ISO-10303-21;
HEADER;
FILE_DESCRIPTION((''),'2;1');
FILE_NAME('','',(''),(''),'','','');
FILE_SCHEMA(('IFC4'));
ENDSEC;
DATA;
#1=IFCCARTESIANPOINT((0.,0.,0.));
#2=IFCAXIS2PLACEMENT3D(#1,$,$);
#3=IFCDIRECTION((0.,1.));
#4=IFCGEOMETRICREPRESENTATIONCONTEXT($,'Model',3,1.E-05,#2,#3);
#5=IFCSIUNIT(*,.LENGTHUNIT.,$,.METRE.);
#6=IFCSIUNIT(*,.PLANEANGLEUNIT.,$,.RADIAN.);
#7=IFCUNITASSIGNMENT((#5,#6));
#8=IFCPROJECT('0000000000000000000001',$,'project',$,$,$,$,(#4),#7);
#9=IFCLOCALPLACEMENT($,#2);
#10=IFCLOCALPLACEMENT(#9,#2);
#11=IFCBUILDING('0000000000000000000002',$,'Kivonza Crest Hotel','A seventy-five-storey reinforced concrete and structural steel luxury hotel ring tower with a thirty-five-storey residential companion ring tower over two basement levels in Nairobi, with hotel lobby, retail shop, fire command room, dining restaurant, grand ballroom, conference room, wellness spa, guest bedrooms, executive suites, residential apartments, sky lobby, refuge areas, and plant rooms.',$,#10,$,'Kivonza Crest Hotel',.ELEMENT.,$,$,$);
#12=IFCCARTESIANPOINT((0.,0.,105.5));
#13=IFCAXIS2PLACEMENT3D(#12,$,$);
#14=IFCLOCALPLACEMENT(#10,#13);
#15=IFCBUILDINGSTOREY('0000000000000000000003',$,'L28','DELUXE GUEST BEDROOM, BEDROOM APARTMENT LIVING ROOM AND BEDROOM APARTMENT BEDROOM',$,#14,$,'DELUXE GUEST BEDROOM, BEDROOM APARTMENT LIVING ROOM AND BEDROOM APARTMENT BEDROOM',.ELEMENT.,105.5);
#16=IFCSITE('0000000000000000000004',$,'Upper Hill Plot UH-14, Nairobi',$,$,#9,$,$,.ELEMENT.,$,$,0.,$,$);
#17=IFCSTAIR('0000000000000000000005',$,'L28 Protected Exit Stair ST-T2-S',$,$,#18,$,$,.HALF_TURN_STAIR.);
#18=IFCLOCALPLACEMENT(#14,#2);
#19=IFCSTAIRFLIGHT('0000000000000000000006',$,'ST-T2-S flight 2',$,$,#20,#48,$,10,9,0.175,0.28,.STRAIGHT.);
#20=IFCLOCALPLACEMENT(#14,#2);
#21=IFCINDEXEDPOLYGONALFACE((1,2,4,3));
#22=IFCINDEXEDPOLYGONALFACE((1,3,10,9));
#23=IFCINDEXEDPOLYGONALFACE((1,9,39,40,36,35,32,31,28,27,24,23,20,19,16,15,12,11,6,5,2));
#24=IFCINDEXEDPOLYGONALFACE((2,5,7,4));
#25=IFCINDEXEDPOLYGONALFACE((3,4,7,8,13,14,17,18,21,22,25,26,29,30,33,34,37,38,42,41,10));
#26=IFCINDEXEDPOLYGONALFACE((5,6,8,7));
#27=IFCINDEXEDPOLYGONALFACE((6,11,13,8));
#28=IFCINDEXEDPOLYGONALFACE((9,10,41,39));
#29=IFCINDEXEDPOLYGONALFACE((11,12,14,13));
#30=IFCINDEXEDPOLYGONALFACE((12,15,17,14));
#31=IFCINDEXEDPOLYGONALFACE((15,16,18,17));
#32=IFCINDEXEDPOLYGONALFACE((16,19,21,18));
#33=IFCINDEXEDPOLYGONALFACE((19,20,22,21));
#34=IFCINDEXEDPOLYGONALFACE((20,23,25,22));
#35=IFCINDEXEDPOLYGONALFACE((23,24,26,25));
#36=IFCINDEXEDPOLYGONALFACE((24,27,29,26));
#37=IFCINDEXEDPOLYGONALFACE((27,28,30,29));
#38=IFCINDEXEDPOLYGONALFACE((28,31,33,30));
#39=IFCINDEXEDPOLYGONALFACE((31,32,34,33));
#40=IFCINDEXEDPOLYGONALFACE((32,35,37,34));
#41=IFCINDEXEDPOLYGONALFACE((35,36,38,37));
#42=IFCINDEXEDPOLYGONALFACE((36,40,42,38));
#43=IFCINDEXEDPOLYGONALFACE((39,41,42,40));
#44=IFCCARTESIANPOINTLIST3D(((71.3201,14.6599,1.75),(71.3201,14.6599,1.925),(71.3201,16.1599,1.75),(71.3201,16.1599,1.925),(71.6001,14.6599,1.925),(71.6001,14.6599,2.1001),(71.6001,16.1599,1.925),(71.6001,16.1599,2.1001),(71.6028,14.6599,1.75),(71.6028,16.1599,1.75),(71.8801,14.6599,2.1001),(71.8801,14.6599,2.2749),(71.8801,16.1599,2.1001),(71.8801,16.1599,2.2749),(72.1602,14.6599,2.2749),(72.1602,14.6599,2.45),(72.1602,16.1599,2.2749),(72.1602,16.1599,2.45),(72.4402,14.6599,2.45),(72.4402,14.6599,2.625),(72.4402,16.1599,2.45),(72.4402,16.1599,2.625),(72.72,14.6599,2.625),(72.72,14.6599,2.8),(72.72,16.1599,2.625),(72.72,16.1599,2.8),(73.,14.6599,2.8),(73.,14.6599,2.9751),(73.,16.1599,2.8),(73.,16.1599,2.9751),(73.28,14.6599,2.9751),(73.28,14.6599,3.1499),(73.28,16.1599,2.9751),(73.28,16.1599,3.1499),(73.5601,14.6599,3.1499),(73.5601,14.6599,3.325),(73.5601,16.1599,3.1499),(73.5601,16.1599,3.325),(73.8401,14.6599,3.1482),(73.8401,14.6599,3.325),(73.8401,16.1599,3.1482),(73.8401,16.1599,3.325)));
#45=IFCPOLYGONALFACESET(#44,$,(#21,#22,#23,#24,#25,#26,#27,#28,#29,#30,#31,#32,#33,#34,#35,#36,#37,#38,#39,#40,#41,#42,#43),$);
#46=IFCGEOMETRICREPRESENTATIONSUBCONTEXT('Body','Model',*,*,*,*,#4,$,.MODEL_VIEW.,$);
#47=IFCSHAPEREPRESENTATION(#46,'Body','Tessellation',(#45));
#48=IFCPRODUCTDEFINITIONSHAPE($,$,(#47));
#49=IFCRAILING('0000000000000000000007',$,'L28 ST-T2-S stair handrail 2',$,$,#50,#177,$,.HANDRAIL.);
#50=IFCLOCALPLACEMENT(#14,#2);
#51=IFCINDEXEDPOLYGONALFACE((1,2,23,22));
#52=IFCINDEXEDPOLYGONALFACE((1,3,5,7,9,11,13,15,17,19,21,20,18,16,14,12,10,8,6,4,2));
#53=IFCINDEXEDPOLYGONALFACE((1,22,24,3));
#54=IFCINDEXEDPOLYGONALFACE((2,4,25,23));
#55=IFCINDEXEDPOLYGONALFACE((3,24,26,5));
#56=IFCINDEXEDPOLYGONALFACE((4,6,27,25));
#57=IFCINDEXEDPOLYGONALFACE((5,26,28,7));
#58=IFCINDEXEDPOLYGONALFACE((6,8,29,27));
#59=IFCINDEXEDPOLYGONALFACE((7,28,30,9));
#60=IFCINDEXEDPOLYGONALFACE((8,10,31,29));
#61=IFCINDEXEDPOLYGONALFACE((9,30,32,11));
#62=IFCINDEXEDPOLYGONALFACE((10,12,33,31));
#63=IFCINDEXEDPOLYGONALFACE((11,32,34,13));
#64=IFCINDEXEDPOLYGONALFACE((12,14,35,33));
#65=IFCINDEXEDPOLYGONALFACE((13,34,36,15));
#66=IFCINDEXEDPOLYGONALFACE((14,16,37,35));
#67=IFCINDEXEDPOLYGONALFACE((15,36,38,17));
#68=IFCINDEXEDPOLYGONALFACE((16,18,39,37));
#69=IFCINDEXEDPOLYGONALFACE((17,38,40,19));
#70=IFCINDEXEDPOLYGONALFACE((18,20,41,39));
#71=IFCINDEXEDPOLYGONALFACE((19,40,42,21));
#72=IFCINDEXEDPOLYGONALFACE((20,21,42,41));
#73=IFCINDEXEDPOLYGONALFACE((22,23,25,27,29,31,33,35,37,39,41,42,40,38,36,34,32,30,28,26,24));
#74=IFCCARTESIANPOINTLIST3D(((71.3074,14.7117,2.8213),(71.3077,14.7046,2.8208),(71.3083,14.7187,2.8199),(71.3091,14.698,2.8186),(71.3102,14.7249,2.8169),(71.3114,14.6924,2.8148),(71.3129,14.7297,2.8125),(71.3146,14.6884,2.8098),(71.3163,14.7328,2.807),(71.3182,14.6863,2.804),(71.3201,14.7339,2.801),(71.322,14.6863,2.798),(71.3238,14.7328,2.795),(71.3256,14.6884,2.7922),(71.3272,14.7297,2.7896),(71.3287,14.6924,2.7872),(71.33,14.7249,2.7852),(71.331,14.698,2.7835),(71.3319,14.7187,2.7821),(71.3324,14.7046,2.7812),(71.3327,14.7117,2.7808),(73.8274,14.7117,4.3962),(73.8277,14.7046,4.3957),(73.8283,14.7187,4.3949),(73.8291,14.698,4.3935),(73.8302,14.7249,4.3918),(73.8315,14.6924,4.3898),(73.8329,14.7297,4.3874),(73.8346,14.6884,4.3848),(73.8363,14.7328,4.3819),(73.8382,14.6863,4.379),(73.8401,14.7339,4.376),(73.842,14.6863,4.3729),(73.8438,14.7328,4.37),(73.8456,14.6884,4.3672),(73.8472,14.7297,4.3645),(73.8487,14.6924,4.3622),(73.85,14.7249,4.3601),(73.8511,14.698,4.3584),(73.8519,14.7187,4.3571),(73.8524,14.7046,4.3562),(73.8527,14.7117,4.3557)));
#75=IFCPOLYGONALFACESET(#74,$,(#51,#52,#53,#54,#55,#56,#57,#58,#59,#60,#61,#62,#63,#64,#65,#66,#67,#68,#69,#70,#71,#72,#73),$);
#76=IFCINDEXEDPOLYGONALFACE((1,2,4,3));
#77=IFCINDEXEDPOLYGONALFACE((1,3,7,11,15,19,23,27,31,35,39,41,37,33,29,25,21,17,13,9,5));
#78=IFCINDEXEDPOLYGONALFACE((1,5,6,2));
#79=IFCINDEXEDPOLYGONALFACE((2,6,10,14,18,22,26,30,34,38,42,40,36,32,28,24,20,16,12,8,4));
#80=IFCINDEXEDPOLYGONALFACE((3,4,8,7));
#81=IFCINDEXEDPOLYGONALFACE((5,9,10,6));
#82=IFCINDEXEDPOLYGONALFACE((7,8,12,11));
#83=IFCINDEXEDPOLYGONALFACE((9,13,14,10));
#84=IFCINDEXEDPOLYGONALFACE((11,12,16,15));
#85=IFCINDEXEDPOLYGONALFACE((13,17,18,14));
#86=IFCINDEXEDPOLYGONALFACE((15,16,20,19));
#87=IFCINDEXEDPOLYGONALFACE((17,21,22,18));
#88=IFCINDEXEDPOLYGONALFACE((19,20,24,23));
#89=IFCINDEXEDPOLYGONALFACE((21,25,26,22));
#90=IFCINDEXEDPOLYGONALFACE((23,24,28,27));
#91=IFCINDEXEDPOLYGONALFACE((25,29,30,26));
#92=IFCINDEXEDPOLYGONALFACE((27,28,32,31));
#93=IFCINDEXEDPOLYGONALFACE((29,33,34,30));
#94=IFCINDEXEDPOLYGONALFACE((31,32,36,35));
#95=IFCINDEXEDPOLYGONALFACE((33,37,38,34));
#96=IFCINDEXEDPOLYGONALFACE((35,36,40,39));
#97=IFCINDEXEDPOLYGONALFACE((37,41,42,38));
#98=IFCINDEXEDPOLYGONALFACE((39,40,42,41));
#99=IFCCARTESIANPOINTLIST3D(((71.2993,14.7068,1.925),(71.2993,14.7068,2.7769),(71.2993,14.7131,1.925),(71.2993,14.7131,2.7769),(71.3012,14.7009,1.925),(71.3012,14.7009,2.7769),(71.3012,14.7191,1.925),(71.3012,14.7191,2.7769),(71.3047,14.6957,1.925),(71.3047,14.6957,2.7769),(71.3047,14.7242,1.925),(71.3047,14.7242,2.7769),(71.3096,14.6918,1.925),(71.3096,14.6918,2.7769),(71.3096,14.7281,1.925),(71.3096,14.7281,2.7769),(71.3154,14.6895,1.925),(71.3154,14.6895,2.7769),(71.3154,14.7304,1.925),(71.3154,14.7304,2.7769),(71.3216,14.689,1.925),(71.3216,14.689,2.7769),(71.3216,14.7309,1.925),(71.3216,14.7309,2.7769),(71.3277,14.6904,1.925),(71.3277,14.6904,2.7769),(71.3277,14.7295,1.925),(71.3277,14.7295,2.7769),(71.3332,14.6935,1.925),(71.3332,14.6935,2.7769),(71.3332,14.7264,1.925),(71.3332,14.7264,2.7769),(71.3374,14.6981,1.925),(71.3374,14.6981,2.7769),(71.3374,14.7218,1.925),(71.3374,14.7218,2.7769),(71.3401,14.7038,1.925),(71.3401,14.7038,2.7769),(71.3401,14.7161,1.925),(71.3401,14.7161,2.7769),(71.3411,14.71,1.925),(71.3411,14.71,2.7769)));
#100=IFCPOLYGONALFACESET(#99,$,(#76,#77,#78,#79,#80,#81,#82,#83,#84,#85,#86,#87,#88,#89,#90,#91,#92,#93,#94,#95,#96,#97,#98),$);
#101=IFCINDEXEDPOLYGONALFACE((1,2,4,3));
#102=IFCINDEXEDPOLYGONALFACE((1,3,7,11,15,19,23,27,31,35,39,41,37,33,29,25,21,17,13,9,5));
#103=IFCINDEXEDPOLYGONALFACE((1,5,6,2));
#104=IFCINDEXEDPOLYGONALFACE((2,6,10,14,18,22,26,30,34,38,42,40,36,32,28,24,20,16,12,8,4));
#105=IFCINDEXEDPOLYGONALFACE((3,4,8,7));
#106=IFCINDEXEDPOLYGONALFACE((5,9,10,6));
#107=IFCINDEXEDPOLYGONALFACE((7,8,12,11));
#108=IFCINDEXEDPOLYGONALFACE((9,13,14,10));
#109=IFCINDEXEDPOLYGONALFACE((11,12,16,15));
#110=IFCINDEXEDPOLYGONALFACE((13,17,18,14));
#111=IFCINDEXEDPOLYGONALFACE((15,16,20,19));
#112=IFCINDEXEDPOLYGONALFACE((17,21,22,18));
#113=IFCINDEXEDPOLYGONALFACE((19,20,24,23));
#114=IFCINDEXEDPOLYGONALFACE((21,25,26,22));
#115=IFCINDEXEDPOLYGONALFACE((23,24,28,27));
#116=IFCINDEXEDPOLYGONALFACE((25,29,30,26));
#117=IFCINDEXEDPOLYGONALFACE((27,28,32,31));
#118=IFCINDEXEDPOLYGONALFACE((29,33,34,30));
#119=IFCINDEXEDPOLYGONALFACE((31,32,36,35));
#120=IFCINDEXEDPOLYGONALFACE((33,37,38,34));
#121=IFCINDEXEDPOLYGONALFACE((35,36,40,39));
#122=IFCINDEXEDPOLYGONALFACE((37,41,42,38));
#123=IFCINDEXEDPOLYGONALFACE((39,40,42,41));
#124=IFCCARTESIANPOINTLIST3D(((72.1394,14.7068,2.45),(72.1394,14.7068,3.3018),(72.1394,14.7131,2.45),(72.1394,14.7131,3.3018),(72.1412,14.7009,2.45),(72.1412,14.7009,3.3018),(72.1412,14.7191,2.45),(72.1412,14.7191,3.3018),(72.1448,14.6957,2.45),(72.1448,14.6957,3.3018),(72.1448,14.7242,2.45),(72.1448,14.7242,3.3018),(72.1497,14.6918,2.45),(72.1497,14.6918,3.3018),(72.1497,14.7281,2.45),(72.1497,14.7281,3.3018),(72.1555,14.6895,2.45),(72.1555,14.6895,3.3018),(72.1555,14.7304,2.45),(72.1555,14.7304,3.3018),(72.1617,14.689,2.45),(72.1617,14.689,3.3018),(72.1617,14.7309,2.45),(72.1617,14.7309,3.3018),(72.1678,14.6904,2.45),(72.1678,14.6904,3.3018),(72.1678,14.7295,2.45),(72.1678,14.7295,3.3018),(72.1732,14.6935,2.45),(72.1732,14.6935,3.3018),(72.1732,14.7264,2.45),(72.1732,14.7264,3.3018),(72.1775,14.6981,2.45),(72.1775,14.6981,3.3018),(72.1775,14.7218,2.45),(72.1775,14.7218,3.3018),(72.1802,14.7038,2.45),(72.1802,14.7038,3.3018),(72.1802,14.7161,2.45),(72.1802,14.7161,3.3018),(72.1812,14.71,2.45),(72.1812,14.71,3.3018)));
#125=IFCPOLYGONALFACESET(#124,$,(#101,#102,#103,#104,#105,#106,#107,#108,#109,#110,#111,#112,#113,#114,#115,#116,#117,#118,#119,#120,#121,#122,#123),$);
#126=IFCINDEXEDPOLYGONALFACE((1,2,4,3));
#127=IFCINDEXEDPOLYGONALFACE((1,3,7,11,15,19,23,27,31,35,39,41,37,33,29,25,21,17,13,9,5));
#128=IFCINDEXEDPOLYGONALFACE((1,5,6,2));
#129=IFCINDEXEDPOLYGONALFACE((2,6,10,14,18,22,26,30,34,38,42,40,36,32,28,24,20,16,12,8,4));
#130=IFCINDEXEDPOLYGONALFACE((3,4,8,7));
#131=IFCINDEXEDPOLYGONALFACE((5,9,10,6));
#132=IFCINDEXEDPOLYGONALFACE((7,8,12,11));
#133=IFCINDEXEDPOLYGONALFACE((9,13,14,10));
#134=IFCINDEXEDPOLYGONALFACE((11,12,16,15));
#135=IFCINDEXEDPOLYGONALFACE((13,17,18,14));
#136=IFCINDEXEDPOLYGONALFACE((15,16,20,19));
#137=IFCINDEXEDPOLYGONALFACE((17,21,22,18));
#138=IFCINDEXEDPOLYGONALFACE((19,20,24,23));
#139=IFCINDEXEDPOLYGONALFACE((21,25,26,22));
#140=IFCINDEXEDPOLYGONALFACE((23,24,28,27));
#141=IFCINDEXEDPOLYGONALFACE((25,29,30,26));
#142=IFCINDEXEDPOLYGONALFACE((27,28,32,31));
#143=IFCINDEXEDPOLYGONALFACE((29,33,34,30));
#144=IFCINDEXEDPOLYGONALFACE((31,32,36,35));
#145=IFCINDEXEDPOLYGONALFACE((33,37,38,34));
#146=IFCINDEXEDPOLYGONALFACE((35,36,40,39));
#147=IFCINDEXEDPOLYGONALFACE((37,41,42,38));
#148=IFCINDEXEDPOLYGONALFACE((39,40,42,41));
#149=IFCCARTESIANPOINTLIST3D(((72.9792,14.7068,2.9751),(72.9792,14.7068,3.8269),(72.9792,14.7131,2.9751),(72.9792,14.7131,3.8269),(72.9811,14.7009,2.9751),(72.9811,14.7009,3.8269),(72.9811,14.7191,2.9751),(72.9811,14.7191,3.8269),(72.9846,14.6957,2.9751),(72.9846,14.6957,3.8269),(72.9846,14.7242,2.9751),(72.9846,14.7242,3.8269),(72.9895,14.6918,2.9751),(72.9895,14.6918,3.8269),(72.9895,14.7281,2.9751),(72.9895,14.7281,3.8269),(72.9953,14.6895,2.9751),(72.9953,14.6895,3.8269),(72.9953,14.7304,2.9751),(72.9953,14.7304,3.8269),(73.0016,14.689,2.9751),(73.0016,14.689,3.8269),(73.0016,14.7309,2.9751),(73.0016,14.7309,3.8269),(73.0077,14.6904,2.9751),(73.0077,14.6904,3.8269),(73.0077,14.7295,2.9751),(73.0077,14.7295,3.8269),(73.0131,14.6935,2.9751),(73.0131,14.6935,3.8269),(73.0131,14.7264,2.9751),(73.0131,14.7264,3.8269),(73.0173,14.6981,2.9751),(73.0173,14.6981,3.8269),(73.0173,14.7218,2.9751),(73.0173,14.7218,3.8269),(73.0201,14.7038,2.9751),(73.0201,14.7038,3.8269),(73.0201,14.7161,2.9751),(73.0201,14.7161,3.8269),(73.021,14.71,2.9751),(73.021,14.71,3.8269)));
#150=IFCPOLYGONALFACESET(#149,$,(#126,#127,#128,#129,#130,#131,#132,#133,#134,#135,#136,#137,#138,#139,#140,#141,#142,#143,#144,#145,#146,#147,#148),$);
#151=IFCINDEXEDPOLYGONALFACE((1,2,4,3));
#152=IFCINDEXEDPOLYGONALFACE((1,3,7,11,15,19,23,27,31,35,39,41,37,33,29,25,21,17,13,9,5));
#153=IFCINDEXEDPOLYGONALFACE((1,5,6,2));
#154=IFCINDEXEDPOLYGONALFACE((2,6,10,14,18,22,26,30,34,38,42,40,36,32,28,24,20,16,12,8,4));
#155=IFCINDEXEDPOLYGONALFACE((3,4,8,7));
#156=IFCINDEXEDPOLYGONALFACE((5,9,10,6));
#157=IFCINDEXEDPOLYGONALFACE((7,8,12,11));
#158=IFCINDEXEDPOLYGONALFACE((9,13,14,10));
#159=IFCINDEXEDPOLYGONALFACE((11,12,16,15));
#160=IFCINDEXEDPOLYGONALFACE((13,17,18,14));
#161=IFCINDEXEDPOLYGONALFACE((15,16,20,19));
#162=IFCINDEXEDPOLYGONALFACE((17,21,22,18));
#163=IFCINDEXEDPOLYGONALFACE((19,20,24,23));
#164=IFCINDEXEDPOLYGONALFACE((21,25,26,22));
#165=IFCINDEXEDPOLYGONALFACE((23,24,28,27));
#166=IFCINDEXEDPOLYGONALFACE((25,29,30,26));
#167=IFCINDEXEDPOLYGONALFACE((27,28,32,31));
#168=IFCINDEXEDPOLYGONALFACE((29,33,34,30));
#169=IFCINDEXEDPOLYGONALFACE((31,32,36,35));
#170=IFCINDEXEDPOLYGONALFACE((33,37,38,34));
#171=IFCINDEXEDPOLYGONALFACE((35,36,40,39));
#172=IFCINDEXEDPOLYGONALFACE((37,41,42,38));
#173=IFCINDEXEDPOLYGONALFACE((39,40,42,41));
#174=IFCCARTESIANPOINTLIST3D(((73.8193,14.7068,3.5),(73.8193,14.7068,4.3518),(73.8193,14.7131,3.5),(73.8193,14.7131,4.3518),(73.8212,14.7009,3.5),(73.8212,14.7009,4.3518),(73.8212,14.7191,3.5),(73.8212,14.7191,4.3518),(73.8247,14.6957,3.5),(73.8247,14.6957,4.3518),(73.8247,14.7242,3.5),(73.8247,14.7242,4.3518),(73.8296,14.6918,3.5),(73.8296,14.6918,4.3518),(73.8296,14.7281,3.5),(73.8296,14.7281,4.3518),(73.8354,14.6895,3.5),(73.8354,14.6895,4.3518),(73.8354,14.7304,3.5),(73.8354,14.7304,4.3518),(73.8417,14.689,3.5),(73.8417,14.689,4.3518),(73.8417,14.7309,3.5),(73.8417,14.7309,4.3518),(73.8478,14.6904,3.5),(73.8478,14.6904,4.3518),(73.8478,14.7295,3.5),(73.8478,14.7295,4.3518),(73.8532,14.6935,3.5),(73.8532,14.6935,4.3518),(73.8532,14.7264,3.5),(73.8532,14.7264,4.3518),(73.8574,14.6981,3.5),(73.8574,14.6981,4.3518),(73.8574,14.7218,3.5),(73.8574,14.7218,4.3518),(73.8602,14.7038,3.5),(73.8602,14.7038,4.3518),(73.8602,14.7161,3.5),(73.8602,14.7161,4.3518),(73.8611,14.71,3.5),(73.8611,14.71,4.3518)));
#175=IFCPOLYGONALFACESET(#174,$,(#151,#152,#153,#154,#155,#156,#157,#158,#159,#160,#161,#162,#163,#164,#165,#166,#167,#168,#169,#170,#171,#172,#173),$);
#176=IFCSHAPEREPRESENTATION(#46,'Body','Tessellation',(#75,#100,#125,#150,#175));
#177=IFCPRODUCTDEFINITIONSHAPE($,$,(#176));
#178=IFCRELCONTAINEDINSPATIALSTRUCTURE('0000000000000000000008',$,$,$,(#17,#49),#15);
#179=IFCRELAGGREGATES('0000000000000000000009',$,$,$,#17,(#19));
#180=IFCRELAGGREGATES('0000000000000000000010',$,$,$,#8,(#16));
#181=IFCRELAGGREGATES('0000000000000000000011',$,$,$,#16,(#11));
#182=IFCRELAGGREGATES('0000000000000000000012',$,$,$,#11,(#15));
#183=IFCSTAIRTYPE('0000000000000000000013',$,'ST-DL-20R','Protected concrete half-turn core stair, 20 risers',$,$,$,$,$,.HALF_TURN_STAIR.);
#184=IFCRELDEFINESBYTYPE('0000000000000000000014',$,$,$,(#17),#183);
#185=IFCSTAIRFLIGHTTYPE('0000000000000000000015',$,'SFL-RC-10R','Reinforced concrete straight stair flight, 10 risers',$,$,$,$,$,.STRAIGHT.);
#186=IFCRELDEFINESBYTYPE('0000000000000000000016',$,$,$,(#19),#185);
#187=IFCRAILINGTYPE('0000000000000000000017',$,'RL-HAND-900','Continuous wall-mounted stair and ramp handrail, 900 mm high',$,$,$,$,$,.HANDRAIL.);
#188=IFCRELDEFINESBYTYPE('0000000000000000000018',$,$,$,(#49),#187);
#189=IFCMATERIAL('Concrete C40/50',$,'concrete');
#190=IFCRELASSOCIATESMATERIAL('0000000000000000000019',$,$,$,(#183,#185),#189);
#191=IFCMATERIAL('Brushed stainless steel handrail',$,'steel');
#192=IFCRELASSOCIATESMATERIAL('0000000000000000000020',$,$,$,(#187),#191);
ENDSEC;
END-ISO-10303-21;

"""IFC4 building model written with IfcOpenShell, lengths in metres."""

from ifc_helpers import new_model, si_unit, direction, frame, origin, origin_2d, place, context, subcontext, project, spatial, polyline, circle, outline, extrude, material, type_object, element, aggregate, save


model = new_model("IFC4")

# Units and contexts
model_context = context("Model", 3, precision=1e-05, world=origin(), true_north=direction((0.0, 1.0)))
body_context = subcontext(model_context, "Body", "Model", "MODEL_VIEW")
ifc_project = project(units=[si_unit("LENGTHUNIT", "METRE"), si_unit("PLANEANGLEUNIT", "RADIAN")], contexts=[model_context])

# Site, building, storey
site_placement = place(None, origin())
site = spatial("IfcSite", under=ifc_project, at=site_placement, Name="Upper Hill Plot UH-14, Nairobi", CompositionType="ELEMENT", RefElevation=0.0)
building_placement = place(site_placement, origin())
building = spatial("IfcBuilding", under=site, at=building_placement, Name="Kivonza Crest Hotel", Description="A seventy-five-storey reinforced concrete and structural steel luxury hotel ring tower with a thirty-five-storey residential companion ring tower over two basement levels in Nairobi, with hotel lobby, retail shop, fire command room, dining restaurant, grand ballroom, conference room, wellness spa, guest bedrooms, executive suites, residential apartments, sky lobby, refuge areas, and plant rooms.", LongName="Kivonza Crest Hotel", CompositionType="ELEMENT")
storey_placement = place(building_placement, frame((0.0, 0.0, 105.5)))
storey = spatial("IfcBuildingStorey", under=building, at=storey_placement, Name="L28", Description="DELUXE GUEST BEDROOM, BEDROOM APARTMENT LIVING ROOM AND BEDROOM APARTMENT BEDROOM", LongName="DELUXE GUEST BEDROOM, BEDROOM APARTMENT LIVING ROOM AND BEDROOM APARTMENT BEDROOM", CompositionType="ELEMENT", Elevation=105.5)

# Stair, stair flight
ifc_material_1 = material(Name="Concrete C40/50", Category="concrete")
stair_type = type_object("IfcStairType", Name="ST-DL-20R", Description="Protected concrete half-turn core stair, 20 risers", PredefinedType="HALF_TURN_STAIR", material=ifc_material_1)
stair_placement = place(storey_placement, origin())
stair = element("IfcStair", 1, at=stair_placement, inside=storey, type_object=stair_type, Name="L28 Protected Exit Stair ST-T2-S", PredefinedType="HALF_TURN_STAIR")
stair_flight_type = type_object("IfcStairFlightType", Name="SFL-RC-10R", Description="Reinforced concrete straight stair flight, 10 risers", PredefinedType="STRAIGHT", material=ifc_material_1)
stair_flight_placement = place(storey_placement, frame((71.3201, 15.4099, 1.75), z_axis=(0.0, 0.0, 1.0), x_axis=(1.0, 0.0, 0.0)))
stair_flight = element("IfcStairFlight", 2, at=stair_flight_placement, type_object=stair_flight_type, Name="ST-T2-S flight 2", NumberOfRisers=10, NumberOfTreads=9, PredefinedType="STRAIGHT", RiserHeight=0.175, TreadLength=0.28, context=body_context, shape_type="SweptSolid", body=[
    extrude(outline(polyline([(0.0, 0.0), (0.0, 0.175), (0.28, 0.175), (0.28, 0.3501), (0.5601, 0.3501), (0.5601, 0.5249), (0.8401, 0.5249), (0.8401, 0.7), (1.1201, 0.7), (1.1201, 0.875), (1.3999, 0.875), (1.3999, 1.05), (1.6799, 1.05), (1.6799, 1.2251), (1.96, 1.2251), (1.96, 1.3999), (2.24, 1.3999), (2.24, 1.575), (2.52, 1.575), (2.52, 1.75), (2.52, 1.3982), (0.2827, 0.0), (0.0, 0.0)])), frame((0.0, 0.75, 0.0), z_axis=(0.0, -1.0, 0.0), x_axis=(1.0, 0.0, 0.0)), (0.0, 0.0, 1.0), 1.5),
])
aggregate(stair, [stair_flight])

# Railing
ifc_material_2 = material(Name="Brushed stainless steel handrail", Category="steel")
railing_type_1 = type_object("IfcRailingType", Name="RL-HAND-900", Description="Continuous wall-mounted stair and ramp handrail, 900 mm high", PredefinedType="HANDRAIL", material=ifc_material_2)
railing_1_placement = place(storey_placement, frame((71.3201, 14.71, 1.925)))
element("IfcRailing", 3, at=railing_1_placement, inside=storey, type_object=railing_type_1, Name="L28 ST-T2-S stair handrail 2", PredefinedType="HANDRAIL", context=body_context, shape_type="SweptSolid", body=[
    extrude(circle(Radius=0.0239, at=origin_2d()), frame((0.0, 0.0, 0.876), z_axis=(0.848008, 0.0, 0.529984), x_axis=(0.0, 1.0, 0.0)), (0.0, 0.0, 1.0), 2.9717),
    extrude(circle(Radius=0.021, at=origin_2d()), origin(), (0.0, 0.0, 1.0), 0.8518),
    extrude(circle(Radius=0.021, at=origin_2d()), frame((0.8401, 0.0, 0.5249)), (0.0, 0.0, 1.0), 0.8518),
    extrude(circle(Radius=0.021, at=origin_2d()), frame((1.6799, 0.0, 1.05)), (0.0, 0.0, 1.0), 0.8518),
    extrude(circle(Radius=0.021, at=origin_2d()), frame((2.52, 0.0, 1.575)), (0.0, 0.0, 1.0), 0.8518),
])

save(model, "model.ifc")
